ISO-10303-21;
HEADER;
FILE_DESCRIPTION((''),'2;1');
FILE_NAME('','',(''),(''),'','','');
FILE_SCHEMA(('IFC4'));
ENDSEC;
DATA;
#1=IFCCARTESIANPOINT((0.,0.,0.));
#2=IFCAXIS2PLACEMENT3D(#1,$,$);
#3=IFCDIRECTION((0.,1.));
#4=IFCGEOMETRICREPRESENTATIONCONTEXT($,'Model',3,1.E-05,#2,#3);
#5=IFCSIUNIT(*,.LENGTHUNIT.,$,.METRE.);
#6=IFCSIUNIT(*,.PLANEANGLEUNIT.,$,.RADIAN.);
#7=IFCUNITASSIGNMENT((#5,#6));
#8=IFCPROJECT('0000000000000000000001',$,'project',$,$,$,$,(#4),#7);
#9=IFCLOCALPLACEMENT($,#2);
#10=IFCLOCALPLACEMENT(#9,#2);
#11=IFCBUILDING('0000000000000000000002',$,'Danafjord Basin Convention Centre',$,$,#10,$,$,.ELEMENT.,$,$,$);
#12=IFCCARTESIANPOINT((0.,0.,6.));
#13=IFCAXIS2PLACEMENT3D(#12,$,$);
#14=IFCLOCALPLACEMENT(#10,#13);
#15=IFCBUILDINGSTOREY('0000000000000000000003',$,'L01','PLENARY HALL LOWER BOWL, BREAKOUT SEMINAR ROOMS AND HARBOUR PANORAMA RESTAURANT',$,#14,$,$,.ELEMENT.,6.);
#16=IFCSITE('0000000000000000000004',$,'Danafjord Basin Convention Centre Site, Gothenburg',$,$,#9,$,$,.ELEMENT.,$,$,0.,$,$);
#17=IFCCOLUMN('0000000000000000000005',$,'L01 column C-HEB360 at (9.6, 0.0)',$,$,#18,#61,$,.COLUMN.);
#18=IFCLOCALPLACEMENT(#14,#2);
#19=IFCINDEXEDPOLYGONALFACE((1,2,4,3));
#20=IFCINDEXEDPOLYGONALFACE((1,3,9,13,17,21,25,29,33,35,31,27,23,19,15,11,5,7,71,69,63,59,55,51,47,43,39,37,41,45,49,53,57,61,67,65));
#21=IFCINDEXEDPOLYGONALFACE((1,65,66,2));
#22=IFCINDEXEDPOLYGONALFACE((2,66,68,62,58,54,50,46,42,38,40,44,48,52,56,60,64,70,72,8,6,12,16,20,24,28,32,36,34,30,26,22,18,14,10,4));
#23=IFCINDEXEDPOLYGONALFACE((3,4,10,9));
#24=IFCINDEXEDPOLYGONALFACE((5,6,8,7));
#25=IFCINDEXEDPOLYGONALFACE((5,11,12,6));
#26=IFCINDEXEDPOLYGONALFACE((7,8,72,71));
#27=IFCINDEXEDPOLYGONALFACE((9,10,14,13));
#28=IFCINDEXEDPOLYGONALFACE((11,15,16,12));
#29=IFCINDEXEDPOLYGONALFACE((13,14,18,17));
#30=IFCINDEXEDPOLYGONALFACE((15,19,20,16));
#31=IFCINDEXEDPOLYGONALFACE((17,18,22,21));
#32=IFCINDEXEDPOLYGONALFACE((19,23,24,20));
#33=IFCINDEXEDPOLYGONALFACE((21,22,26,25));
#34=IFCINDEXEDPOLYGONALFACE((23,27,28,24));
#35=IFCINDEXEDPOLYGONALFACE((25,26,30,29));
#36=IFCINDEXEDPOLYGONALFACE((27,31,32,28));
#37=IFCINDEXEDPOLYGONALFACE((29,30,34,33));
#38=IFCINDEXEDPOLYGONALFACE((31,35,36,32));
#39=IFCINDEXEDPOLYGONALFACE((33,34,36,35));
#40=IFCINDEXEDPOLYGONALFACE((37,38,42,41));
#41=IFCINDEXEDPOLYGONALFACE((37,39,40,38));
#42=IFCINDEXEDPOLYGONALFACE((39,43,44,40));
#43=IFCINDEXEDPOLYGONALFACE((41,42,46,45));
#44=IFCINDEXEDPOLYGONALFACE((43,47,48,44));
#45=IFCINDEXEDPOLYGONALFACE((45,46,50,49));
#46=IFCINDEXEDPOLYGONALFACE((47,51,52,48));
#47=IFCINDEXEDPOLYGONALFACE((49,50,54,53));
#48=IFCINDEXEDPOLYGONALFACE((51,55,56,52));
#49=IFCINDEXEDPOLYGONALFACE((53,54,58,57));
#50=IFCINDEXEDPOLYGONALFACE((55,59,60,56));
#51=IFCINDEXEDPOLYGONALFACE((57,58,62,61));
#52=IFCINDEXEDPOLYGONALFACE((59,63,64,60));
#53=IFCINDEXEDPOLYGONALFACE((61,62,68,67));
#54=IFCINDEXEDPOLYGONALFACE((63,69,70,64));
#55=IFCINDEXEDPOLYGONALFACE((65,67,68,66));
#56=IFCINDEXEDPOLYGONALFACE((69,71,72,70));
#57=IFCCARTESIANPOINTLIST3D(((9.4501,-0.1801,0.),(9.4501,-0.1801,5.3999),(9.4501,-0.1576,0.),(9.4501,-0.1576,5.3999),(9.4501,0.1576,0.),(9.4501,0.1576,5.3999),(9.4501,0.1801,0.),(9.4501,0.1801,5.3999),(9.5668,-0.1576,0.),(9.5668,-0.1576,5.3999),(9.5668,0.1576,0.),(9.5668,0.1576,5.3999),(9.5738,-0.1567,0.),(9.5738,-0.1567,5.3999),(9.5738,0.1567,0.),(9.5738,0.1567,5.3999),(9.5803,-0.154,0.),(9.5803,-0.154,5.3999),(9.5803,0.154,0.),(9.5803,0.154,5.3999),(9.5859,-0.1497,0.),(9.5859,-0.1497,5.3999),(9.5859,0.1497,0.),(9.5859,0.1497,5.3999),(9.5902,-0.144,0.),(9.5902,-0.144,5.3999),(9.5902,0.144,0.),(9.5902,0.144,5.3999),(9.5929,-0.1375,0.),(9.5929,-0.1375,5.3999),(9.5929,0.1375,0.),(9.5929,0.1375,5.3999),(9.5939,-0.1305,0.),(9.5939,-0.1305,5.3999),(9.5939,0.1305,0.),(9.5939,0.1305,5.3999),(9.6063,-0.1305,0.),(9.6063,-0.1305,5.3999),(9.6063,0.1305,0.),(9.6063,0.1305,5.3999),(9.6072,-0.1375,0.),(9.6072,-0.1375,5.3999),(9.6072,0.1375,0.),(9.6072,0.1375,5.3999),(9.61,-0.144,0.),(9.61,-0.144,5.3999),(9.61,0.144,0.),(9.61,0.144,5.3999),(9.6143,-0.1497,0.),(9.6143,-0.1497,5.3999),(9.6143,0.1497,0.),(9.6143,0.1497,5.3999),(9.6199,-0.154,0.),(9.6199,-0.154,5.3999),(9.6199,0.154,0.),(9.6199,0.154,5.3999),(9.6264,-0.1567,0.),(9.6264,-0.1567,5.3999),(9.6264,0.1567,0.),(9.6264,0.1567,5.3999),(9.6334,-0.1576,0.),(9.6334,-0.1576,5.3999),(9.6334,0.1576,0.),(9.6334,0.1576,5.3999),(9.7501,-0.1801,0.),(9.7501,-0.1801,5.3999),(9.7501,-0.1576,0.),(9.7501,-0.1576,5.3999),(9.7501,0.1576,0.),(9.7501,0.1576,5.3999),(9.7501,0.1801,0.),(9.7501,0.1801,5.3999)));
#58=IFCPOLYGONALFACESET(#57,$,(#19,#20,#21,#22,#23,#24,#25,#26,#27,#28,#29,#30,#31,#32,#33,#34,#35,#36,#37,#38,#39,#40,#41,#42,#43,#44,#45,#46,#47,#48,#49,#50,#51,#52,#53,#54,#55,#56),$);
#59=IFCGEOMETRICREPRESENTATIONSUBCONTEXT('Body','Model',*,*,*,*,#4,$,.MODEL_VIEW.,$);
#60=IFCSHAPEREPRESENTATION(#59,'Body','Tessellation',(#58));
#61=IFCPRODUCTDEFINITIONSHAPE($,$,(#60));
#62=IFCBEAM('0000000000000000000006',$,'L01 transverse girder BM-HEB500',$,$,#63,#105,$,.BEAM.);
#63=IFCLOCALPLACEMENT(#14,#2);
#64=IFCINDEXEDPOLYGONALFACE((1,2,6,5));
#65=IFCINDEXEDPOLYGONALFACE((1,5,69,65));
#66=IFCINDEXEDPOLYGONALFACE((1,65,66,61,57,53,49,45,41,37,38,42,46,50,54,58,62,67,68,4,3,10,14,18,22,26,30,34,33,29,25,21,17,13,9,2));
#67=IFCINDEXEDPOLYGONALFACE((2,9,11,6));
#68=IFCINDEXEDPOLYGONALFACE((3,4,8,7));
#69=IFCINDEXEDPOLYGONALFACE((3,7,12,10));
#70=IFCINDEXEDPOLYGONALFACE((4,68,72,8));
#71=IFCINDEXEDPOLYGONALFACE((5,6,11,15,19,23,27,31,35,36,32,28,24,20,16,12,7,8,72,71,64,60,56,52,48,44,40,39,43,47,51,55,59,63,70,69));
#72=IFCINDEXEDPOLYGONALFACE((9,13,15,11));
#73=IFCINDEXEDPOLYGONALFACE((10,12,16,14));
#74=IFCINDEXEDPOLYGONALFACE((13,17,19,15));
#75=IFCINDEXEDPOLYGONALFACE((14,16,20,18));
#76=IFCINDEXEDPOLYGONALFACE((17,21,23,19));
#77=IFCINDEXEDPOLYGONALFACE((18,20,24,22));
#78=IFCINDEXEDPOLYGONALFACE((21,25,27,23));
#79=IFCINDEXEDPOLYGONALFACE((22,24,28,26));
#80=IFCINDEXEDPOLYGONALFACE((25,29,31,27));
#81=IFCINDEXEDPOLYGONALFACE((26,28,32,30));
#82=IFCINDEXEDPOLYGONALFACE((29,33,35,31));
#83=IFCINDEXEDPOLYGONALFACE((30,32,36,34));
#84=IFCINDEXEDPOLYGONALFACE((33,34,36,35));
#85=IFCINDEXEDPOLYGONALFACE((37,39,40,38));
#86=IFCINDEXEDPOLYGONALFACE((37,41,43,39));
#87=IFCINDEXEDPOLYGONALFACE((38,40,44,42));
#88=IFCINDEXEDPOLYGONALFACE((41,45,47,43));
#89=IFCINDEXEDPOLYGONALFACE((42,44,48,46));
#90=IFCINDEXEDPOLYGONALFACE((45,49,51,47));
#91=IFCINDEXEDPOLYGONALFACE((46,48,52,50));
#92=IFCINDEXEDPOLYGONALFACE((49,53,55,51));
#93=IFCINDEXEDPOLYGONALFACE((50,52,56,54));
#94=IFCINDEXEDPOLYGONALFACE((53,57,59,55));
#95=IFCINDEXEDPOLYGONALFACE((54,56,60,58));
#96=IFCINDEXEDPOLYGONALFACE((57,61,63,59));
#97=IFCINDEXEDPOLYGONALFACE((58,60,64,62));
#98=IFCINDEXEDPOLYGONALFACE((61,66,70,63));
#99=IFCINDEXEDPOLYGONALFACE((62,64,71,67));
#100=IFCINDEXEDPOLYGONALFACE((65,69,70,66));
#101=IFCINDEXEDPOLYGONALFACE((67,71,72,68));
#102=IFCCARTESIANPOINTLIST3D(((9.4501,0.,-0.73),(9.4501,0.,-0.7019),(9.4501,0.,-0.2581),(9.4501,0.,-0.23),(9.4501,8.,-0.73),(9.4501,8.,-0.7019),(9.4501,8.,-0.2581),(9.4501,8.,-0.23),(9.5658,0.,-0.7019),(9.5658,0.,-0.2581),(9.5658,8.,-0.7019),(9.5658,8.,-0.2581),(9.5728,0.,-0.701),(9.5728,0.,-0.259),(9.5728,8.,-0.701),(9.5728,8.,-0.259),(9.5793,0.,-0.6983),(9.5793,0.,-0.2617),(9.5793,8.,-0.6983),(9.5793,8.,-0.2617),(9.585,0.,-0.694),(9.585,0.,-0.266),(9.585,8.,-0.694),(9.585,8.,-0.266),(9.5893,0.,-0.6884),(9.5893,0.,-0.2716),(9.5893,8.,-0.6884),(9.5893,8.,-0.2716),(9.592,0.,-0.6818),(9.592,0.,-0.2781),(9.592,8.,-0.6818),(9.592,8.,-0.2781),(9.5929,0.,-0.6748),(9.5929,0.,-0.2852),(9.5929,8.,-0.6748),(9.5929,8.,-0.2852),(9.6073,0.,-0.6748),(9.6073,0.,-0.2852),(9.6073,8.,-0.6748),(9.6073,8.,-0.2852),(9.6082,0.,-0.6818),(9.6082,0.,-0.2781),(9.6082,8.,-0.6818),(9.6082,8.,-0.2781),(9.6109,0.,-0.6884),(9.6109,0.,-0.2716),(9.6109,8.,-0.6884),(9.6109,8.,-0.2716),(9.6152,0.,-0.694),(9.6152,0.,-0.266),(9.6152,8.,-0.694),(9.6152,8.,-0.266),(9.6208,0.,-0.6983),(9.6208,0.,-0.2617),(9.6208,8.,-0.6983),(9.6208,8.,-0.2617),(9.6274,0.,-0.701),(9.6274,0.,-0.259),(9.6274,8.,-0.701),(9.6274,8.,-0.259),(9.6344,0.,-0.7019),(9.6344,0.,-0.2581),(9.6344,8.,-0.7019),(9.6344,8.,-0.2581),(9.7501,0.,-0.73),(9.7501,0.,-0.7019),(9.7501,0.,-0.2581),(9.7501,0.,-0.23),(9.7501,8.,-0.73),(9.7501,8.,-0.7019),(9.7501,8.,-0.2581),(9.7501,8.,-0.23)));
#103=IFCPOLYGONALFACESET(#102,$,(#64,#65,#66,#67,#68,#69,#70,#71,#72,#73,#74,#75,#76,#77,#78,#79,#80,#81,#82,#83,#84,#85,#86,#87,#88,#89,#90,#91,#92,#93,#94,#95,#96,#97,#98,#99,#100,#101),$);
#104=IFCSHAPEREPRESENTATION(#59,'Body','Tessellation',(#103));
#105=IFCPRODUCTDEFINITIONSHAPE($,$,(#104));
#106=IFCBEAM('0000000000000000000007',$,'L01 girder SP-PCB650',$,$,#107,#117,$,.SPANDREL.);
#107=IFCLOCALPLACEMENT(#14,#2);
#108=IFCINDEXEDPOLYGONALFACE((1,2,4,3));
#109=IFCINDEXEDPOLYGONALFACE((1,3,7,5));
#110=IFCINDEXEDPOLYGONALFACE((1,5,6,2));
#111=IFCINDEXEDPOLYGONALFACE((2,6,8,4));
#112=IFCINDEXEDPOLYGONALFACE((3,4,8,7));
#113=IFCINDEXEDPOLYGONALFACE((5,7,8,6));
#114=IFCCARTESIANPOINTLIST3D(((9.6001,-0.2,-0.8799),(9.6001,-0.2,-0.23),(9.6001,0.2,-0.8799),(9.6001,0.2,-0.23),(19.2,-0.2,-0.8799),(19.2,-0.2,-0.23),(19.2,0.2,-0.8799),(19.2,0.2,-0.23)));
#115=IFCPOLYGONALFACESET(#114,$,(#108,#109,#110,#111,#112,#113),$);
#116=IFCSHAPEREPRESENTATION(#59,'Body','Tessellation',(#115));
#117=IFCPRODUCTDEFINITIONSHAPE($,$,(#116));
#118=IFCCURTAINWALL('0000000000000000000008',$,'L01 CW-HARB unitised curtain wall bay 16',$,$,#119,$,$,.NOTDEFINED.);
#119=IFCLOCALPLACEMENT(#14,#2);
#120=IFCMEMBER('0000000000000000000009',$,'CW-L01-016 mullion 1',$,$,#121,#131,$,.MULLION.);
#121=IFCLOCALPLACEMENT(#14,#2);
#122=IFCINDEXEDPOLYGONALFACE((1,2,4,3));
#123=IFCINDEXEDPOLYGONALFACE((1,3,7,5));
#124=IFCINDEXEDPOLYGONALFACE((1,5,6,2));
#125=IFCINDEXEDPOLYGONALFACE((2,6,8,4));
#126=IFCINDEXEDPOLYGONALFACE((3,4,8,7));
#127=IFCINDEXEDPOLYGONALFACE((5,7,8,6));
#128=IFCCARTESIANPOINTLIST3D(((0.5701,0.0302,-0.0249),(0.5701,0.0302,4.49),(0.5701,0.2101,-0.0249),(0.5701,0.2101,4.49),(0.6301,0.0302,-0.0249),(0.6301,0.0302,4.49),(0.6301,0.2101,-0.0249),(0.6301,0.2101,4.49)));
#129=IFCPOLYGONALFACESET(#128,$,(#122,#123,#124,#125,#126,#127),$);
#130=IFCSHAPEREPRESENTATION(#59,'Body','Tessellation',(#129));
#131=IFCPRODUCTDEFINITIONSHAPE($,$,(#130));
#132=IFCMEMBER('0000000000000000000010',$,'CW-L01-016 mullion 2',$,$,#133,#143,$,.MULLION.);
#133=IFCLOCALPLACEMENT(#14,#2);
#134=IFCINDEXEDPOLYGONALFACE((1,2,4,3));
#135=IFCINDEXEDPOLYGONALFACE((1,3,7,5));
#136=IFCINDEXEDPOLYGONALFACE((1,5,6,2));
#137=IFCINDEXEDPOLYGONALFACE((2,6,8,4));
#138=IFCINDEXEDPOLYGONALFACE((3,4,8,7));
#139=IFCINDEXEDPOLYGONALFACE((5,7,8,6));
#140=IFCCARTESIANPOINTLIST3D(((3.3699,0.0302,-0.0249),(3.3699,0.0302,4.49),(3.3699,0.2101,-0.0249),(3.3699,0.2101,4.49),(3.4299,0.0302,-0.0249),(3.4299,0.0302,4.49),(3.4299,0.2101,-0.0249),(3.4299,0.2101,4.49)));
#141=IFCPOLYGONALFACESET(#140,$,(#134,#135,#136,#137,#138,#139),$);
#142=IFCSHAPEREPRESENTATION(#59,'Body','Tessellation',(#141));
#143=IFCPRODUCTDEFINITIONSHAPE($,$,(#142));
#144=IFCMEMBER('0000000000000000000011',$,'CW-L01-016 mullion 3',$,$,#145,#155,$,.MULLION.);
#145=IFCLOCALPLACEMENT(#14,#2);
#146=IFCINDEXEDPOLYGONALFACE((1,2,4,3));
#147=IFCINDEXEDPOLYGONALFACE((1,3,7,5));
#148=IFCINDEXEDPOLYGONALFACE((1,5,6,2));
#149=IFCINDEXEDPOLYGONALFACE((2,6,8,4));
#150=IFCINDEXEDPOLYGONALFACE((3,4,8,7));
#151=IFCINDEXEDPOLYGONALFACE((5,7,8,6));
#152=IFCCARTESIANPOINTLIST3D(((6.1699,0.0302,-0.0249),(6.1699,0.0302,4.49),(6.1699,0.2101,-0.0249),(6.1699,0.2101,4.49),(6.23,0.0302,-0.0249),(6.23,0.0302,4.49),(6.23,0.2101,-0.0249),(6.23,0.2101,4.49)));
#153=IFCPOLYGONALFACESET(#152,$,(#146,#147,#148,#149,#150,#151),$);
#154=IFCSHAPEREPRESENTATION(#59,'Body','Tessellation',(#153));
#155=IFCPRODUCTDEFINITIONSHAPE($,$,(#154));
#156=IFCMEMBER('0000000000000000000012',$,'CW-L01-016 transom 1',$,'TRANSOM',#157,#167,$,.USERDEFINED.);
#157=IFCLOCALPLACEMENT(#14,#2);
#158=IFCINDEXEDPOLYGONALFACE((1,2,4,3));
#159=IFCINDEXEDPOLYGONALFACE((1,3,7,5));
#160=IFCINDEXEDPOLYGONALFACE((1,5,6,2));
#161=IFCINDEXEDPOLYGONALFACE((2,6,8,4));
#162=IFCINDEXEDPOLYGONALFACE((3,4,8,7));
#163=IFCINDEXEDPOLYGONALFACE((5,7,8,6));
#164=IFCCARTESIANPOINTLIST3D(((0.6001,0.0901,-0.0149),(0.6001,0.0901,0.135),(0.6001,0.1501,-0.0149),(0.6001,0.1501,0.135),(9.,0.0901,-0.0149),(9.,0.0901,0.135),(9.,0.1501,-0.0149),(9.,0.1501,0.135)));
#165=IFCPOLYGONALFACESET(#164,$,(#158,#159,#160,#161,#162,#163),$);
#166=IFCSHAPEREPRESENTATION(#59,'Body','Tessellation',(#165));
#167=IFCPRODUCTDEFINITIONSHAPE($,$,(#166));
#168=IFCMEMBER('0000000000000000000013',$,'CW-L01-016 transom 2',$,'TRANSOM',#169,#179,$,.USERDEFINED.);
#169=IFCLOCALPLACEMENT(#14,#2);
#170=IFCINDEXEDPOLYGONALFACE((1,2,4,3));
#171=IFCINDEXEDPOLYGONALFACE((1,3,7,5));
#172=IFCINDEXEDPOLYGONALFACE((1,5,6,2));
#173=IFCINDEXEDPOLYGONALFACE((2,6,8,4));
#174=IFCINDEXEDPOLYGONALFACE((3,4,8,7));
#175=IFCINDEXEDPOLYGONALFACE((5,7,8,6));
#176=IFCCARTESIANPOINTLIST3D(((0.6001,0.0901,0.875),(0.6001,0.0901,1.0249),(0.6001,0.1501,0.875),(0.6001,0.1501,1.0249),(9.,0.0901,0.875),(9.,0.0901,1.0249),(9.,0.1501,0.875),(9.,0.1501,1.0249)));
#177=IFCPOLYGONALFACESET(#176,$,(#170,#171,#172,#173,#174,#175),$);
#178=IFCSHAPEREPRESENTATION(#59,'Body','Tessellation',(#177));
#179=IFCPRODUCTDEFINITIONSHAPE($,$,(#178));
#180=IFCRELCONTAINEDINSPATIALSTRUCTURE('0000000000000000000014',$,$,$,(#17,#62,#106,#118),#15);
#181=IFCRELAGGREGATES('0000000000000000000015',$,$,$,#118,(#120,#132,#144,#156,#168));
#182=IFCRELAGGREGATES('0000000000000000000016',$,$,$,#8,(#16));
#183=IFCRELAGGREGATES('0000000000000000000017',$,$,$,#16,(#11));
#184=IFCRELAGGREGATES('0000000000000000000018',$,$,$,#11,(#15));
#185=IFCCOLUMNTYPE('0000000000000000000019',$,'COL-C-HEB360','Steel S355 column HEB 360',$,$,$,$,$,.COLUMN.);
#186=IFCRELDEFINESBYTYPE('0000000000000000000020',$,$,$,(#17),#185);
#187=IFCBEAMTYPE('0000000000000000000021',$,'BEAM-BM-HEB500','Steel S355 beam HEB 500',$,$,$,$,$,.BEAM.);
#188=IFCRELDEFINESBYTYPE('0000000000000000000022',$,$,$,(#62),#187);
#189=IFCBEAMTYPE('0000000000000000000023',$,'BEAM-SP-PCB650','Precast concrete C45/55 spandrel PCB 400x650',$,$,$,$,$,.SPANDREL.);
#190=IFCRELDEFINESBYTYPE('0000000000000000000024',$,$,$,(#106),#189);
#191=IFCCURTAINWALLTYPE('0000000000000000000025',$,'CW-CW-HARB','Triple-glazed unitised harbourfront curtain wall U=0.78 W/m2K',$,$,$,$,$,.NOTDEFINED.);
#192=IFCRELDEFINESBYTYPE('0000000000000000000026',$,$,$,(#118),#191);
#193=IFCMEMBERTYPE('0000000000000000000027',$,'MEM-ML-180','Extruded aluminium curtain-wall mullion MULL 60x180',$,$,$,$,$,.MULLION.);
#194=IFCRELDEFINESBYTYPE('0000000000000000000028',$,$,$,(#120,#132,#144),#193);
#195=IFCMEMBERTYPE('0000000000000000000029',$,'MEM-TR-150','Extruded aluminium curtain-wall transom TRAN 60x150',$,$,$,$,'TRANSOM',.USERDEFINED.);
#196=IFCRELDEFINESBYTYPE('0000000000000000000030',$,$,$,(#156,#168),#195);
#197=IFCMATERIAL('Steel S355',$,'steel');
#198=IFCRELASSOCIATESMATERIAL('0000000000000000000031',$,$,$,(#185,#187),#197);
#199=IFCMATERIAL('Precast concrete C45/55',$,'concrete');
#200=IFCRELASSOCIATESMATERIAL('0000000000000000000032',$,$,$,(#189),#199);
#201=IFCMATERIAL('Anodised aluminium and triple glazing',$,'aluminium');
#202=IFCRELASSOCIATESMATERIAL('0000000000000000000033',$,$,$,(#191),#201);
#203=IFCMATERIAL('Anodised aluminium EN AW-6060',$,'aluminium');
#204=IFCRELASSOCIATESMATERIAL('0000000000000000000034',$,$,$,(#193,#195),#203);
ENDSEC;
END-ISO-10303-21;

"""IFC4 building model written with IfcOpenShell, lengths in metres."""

from ifc_helpers import new_model, si_unit, direction, frame, origin, origin_2d, place, context, subcontext, project, spatial, rectangle, i_section, extrude, material, material_profile, profile_set, type_object, element, aggregate, save


model = new_model("IFC4")

# Units and contexts
model_context = context("Model", 3, precision=1e-05, world=origin(), true_north=direction((0.0, 1.0)))
body_context = subcontext(model_context, "Body", "Model", "MODEL_VIEW")
ifc_project = project(units=[si_unit("LENGTHUNIT", "METRE"), si_unit("PLANEANGLEUNIT", "RADIAN")], contexts=[model_context])

# Site, building, storey
site_placement = place(None, origin())
site = spatial("IfcSite", under=ifc_project, at=site_placement, Name="Danafjord Basin Convention Centre Site, Gothenburg", CompositionType="ELEMENT", RefElevation=0.0)
building_placement = place(site_placement, origin())
building = spatial("IfcBuilding", under=site, at=building_placement, Name="Danafjord Basin Convention Centre", CompositionType="ELEMENT")
storey_placement = place(building_placement, frame((0.0, 0.0, 6.0)))
storey = spatial("IfcBuildingStorey", under=building, at=storey_placement, Name="L01", Description="PLENARY HALL LOWER BOWL, BREAKOUT SEMINAR ROOMS AND HARBOUR PANORAMA RESTAURANT", CompositionType="ELEMENT", Elevation=6.0)

# Column
ifc_material_1 = material(Name="Steel S355", Category="steel")
ifc_material_profile_1 = material_profile(ifc_material_1, i_section(OverallWidth=0.3, OverallDepth=0.3601, WebThickness=0.0125, FlangeThickness=0.0225, FilletRadius=0.0271, at=origin_2d()), Name="HEB 360")
ifc_profile_set_1 = profile_set([ifc_material_profile_1], Name="Steel S355")
column_type = type_object("IfcColumnType", Name="COL-C-HEB360", Description="Steel S355 column HEB 360", PredefinedType="COLUMN", material=ifc_profile_set_1)
column_placement = place(storey_placement, frame((9.6001, 0.0, 0.0), z_axis=(0.0, 0.0, 1.0), x_axis=(1.0, 0.0, 0.0)))
element("IfcColumn", 1, at=column_placement, inside=storey, type_object=column_type, Name="L01 column C-HEB360 at (9.6, 0.0)", PredefinedType="COLUMN", context=body_context, shape_type="SweptSolid", body=[
    extrude(i_section(OverallWidth=0.3, OverallDepth=0.3601, WebThickness=0.0125, FlangeThickness=0.0225, FilletRadius=0.0271, at=origin_2d()), origin(), (0.0, 0.0, 1.0), 5.3999),
])

# Beams
ifc_material_profile_2 = material_profile(ifc_material_1, i_section(OverallWidth=0.3, OverallDepth=0.5, WebThickness=0.0144, FlangeThickness=0.0281, FilletRadius=0.0271, at=origin_2d()), Name="HEB 500")
ifc_profile_set_2 = profile_set([ifc_material_profile_2], Name="Steel S355")
beam_type_1 = type_object("IfcBeamType", Name="BEAM-BM-HEB500", Description="Steel S355 beam HEB 500", PredefinedType="BEAM", material=ifc_profile_set_2)
beam_1_placement = place(storey_placement, frame((9.6001, 0.0, -0.48), z_axis=(0.0, 1.0, 0.0), x_axis=(-1.0, 0.0, 0.0)))
element("IfcBeam", 2, at=beam_1_placement, inside=storey, type_object=beam_type_1, Name="L01 transverse girder BM-HEB500", PredefinedType="BEAM", context=body_context, shape_type="SweptSolid", body=[
    extrude(i_section(OverallWidth=0.3, OverallDepth=0.5, WebThickness=0.0144, FlangeThickness=0.0281, FilletRadius=0.0271, at=origin_2d()), origin(), (0.0, 0.0, 1.0), 8.0),
])
ifc_material_2 = material(Name="Precast concrete C45/55", Category="concrete")
ifc_material_profile_3 = material_profile(ifc_material_2, rectangle(XDim=0.3999, YDim=0.6499, at=origin_2d()), Name="PCB 400x650")
ifc_profile_set_3 = profile_set([ifc_material_profile_3], Name="Precast concrete C45/55")
beam_type_2 = type_object("IfcBeamType", Name="BEAM-SP-PCB650", Description="Precast concrete C45/55 spandrel PCB 400x650", PredefinedType="SPANDREL", material=ifc_profile_set_3)
beam_2_placement = place(storey_placement, frame((9.6001, 0.0, -0.5549), z_axis=(1.0, 0.0, 0.0), x_axis=(0.0, 1.0, 0.0)))
element("IfcBeam", 3, at=beam_2_placement, inside=storey, type_object=beam_type_2, Name="L01 girder SP-PCB650", PredefinedType="SPANDREL", context=body_context, shape_type="SweptSolid", body=[
    extrude(rectangle(XDim=0.3999, YDim=0.6499, at=origin_2d()), origin(), (0.0, 0.0, 1.0), 9.5999),
])

# Curtain wall, members
ifc_material_3 = material(Name="Anodised aluminium and triple glazing", Category="aluminium")
curtain_wall_type = type_object("IfcCurtainWallType", Name="CW-CW-HARB", Description="Triple-glazed unitised harbourfront curtain wall U=0.78 W/m2K", PredefinedType="NOTDEFINED", material=ifc_material_3)
curtain_wall_placement = place(storey_placement, origin())
curtain_wall = element("IfcCurtainWall", 4, at=curtain_wall_placement, inside=storey, type_object=curtain_wall_type, Name="L01 CW-HARB unitised curtain wall bay 16", PredefinedType="NOTDEFINED")
ifc_material_4 = material(Name="Anodised aluminium EN AW-6060", Category="aluminium")
ifc_material_profile_4 = material_profile(ifc_material_4, rectangle(XDim=0.0601, YDim=0.1799, at=origin_2d()), Name="MULL 60x180")
ifc_profile_set_4 = profile_set([ifc_material_profile_4], Name="Anodised aluminium EN AW-6060")
member_type_1 = type_object("IfcMemberType", Name="MEM-ML-180", Description="Extruded aluminium curtain-wall mullion MULL 60x180", PredefinedType="MULLION", material=ifc_profile_set_4)
member_1_placement = place(storey_placement, frame((0.6001, 0.1201, -0.0249), z_axis=(0.0, 0.0, 1.0), x_axis=(1.0, 0.0, 0.0)))
member_1 = element("IfcMember", 5, at=member_1_placement, type_object=member_type_1, Name="CW-L01-016 mullion 1", PredefinedType="MULLION", context=body_context, shape_type="SweptSolid", body=[
    extrude(rectangle(XDim=0.0601, YDim=0.1799, at=origin_2d()), origin(), (0.0, 0.0, 1.0), 4.5149),
])
member_2_placement = place(storey_placement, frame((3.3999, 0.1201, -0.0249), z_axis=(0.0, 0.0, 1.0), x_axis=(1.0, 0.0, 0.0)))
member_2 = element("IfcMember", 6, at=member_2_placement, type_object=member_type_1, Name="CW-L01-016 mullion 2", PredefinedType="MULLION", context=body_context, shape_type="SweptSolid", body=[
    extrude(rectangle(XDim=0.0601, YDim=0.1799, at=origin_2d()), origin(), (0.0, 0.0, 1.0), 4.5149),
])
member_3_placement = place(storey_placement, frame((6.2, 0.1201, -0.0249), z_axis=(0.0, 0.0, 1.0), x_axis=(1.0, 0.0, 0.0)))
member_3 = element("IfcMember", 7, at=member_3_placement, type_object=member_type_1, Name="CW-L01-016 mullion 3", PredefinedType="MULLION", context=body_context, shape_type="SweptSolid", body=[
    extrude(rectangle(XDim=0.0601, YDim=0.1799, at=origin_2d()), origin(), (0.0, 0.0, 1.0), 4.5149),
])
ifc_material_profile_5 = material_profile(ifc_material_4, rectangle(XDim=0.0601, YDim=0.1499, at=origin_2d()), Name="TRAN 60x150")
ifc_profile_set_5 = profile_set([ifc_material_profile_5], Name="Anodised aluminium EN AW-6060")
member_type_2 = type_object("IfcMemberType", Name="MEM-TR-150", Description="Extruded aluminium curtain-wall transom TRAN 60x150", ElementType="TRANSOM", PredefinedType="USERDEFINED", material=ifc_profile_set_5)
member_4_placement = place(storey_placement, frame((0.6001, 0.1201, 0.0601), z_axis=(1.0, 0.0, 0.0), x_axis=(0.0, 1.0, 0.0)))
member_4 = element("IfcMember", 8, at=member_4_placement, type_object=member_type_2, Name="CW-L01-016 transom 1", ObjectType="TRANSOM", PredefinedType="USERDEFINED", context=body_context, shape_type="SweptSolid", body=[
    extrude(rectangle(XDim=0.0601, YDim=0.1499, at=origin_2d()), origin(), (0.0, 0.0, 1.0), 8.3999),
])
member_5_placement = place(storey_placement, frame((0.6001, 0.1201, 0.95), z_axis=(1.0, 0.0, 0.0), x_axis=(0.0, 1.0, 0.0)))
member_5 = element("IfcMember", 9, at=member_5_placement, type_object=member_type_2, Name="CW-L01-016 transom 2", ObjectType="TRANSOM", PredefinedType="USERDEFINED", context=body_context, shape_type="SweptSolid", body=[
    extrude(rectangle(XDim=0.0601, YDim=0.1499, at=origin_2d()), origin(), (0.0, 0.0, 1.0), 8.3999),
])
aggregate(curtain_wall, [member_1, member_2, member_3, member_4, member_5])

save(model, "model.ifc")
